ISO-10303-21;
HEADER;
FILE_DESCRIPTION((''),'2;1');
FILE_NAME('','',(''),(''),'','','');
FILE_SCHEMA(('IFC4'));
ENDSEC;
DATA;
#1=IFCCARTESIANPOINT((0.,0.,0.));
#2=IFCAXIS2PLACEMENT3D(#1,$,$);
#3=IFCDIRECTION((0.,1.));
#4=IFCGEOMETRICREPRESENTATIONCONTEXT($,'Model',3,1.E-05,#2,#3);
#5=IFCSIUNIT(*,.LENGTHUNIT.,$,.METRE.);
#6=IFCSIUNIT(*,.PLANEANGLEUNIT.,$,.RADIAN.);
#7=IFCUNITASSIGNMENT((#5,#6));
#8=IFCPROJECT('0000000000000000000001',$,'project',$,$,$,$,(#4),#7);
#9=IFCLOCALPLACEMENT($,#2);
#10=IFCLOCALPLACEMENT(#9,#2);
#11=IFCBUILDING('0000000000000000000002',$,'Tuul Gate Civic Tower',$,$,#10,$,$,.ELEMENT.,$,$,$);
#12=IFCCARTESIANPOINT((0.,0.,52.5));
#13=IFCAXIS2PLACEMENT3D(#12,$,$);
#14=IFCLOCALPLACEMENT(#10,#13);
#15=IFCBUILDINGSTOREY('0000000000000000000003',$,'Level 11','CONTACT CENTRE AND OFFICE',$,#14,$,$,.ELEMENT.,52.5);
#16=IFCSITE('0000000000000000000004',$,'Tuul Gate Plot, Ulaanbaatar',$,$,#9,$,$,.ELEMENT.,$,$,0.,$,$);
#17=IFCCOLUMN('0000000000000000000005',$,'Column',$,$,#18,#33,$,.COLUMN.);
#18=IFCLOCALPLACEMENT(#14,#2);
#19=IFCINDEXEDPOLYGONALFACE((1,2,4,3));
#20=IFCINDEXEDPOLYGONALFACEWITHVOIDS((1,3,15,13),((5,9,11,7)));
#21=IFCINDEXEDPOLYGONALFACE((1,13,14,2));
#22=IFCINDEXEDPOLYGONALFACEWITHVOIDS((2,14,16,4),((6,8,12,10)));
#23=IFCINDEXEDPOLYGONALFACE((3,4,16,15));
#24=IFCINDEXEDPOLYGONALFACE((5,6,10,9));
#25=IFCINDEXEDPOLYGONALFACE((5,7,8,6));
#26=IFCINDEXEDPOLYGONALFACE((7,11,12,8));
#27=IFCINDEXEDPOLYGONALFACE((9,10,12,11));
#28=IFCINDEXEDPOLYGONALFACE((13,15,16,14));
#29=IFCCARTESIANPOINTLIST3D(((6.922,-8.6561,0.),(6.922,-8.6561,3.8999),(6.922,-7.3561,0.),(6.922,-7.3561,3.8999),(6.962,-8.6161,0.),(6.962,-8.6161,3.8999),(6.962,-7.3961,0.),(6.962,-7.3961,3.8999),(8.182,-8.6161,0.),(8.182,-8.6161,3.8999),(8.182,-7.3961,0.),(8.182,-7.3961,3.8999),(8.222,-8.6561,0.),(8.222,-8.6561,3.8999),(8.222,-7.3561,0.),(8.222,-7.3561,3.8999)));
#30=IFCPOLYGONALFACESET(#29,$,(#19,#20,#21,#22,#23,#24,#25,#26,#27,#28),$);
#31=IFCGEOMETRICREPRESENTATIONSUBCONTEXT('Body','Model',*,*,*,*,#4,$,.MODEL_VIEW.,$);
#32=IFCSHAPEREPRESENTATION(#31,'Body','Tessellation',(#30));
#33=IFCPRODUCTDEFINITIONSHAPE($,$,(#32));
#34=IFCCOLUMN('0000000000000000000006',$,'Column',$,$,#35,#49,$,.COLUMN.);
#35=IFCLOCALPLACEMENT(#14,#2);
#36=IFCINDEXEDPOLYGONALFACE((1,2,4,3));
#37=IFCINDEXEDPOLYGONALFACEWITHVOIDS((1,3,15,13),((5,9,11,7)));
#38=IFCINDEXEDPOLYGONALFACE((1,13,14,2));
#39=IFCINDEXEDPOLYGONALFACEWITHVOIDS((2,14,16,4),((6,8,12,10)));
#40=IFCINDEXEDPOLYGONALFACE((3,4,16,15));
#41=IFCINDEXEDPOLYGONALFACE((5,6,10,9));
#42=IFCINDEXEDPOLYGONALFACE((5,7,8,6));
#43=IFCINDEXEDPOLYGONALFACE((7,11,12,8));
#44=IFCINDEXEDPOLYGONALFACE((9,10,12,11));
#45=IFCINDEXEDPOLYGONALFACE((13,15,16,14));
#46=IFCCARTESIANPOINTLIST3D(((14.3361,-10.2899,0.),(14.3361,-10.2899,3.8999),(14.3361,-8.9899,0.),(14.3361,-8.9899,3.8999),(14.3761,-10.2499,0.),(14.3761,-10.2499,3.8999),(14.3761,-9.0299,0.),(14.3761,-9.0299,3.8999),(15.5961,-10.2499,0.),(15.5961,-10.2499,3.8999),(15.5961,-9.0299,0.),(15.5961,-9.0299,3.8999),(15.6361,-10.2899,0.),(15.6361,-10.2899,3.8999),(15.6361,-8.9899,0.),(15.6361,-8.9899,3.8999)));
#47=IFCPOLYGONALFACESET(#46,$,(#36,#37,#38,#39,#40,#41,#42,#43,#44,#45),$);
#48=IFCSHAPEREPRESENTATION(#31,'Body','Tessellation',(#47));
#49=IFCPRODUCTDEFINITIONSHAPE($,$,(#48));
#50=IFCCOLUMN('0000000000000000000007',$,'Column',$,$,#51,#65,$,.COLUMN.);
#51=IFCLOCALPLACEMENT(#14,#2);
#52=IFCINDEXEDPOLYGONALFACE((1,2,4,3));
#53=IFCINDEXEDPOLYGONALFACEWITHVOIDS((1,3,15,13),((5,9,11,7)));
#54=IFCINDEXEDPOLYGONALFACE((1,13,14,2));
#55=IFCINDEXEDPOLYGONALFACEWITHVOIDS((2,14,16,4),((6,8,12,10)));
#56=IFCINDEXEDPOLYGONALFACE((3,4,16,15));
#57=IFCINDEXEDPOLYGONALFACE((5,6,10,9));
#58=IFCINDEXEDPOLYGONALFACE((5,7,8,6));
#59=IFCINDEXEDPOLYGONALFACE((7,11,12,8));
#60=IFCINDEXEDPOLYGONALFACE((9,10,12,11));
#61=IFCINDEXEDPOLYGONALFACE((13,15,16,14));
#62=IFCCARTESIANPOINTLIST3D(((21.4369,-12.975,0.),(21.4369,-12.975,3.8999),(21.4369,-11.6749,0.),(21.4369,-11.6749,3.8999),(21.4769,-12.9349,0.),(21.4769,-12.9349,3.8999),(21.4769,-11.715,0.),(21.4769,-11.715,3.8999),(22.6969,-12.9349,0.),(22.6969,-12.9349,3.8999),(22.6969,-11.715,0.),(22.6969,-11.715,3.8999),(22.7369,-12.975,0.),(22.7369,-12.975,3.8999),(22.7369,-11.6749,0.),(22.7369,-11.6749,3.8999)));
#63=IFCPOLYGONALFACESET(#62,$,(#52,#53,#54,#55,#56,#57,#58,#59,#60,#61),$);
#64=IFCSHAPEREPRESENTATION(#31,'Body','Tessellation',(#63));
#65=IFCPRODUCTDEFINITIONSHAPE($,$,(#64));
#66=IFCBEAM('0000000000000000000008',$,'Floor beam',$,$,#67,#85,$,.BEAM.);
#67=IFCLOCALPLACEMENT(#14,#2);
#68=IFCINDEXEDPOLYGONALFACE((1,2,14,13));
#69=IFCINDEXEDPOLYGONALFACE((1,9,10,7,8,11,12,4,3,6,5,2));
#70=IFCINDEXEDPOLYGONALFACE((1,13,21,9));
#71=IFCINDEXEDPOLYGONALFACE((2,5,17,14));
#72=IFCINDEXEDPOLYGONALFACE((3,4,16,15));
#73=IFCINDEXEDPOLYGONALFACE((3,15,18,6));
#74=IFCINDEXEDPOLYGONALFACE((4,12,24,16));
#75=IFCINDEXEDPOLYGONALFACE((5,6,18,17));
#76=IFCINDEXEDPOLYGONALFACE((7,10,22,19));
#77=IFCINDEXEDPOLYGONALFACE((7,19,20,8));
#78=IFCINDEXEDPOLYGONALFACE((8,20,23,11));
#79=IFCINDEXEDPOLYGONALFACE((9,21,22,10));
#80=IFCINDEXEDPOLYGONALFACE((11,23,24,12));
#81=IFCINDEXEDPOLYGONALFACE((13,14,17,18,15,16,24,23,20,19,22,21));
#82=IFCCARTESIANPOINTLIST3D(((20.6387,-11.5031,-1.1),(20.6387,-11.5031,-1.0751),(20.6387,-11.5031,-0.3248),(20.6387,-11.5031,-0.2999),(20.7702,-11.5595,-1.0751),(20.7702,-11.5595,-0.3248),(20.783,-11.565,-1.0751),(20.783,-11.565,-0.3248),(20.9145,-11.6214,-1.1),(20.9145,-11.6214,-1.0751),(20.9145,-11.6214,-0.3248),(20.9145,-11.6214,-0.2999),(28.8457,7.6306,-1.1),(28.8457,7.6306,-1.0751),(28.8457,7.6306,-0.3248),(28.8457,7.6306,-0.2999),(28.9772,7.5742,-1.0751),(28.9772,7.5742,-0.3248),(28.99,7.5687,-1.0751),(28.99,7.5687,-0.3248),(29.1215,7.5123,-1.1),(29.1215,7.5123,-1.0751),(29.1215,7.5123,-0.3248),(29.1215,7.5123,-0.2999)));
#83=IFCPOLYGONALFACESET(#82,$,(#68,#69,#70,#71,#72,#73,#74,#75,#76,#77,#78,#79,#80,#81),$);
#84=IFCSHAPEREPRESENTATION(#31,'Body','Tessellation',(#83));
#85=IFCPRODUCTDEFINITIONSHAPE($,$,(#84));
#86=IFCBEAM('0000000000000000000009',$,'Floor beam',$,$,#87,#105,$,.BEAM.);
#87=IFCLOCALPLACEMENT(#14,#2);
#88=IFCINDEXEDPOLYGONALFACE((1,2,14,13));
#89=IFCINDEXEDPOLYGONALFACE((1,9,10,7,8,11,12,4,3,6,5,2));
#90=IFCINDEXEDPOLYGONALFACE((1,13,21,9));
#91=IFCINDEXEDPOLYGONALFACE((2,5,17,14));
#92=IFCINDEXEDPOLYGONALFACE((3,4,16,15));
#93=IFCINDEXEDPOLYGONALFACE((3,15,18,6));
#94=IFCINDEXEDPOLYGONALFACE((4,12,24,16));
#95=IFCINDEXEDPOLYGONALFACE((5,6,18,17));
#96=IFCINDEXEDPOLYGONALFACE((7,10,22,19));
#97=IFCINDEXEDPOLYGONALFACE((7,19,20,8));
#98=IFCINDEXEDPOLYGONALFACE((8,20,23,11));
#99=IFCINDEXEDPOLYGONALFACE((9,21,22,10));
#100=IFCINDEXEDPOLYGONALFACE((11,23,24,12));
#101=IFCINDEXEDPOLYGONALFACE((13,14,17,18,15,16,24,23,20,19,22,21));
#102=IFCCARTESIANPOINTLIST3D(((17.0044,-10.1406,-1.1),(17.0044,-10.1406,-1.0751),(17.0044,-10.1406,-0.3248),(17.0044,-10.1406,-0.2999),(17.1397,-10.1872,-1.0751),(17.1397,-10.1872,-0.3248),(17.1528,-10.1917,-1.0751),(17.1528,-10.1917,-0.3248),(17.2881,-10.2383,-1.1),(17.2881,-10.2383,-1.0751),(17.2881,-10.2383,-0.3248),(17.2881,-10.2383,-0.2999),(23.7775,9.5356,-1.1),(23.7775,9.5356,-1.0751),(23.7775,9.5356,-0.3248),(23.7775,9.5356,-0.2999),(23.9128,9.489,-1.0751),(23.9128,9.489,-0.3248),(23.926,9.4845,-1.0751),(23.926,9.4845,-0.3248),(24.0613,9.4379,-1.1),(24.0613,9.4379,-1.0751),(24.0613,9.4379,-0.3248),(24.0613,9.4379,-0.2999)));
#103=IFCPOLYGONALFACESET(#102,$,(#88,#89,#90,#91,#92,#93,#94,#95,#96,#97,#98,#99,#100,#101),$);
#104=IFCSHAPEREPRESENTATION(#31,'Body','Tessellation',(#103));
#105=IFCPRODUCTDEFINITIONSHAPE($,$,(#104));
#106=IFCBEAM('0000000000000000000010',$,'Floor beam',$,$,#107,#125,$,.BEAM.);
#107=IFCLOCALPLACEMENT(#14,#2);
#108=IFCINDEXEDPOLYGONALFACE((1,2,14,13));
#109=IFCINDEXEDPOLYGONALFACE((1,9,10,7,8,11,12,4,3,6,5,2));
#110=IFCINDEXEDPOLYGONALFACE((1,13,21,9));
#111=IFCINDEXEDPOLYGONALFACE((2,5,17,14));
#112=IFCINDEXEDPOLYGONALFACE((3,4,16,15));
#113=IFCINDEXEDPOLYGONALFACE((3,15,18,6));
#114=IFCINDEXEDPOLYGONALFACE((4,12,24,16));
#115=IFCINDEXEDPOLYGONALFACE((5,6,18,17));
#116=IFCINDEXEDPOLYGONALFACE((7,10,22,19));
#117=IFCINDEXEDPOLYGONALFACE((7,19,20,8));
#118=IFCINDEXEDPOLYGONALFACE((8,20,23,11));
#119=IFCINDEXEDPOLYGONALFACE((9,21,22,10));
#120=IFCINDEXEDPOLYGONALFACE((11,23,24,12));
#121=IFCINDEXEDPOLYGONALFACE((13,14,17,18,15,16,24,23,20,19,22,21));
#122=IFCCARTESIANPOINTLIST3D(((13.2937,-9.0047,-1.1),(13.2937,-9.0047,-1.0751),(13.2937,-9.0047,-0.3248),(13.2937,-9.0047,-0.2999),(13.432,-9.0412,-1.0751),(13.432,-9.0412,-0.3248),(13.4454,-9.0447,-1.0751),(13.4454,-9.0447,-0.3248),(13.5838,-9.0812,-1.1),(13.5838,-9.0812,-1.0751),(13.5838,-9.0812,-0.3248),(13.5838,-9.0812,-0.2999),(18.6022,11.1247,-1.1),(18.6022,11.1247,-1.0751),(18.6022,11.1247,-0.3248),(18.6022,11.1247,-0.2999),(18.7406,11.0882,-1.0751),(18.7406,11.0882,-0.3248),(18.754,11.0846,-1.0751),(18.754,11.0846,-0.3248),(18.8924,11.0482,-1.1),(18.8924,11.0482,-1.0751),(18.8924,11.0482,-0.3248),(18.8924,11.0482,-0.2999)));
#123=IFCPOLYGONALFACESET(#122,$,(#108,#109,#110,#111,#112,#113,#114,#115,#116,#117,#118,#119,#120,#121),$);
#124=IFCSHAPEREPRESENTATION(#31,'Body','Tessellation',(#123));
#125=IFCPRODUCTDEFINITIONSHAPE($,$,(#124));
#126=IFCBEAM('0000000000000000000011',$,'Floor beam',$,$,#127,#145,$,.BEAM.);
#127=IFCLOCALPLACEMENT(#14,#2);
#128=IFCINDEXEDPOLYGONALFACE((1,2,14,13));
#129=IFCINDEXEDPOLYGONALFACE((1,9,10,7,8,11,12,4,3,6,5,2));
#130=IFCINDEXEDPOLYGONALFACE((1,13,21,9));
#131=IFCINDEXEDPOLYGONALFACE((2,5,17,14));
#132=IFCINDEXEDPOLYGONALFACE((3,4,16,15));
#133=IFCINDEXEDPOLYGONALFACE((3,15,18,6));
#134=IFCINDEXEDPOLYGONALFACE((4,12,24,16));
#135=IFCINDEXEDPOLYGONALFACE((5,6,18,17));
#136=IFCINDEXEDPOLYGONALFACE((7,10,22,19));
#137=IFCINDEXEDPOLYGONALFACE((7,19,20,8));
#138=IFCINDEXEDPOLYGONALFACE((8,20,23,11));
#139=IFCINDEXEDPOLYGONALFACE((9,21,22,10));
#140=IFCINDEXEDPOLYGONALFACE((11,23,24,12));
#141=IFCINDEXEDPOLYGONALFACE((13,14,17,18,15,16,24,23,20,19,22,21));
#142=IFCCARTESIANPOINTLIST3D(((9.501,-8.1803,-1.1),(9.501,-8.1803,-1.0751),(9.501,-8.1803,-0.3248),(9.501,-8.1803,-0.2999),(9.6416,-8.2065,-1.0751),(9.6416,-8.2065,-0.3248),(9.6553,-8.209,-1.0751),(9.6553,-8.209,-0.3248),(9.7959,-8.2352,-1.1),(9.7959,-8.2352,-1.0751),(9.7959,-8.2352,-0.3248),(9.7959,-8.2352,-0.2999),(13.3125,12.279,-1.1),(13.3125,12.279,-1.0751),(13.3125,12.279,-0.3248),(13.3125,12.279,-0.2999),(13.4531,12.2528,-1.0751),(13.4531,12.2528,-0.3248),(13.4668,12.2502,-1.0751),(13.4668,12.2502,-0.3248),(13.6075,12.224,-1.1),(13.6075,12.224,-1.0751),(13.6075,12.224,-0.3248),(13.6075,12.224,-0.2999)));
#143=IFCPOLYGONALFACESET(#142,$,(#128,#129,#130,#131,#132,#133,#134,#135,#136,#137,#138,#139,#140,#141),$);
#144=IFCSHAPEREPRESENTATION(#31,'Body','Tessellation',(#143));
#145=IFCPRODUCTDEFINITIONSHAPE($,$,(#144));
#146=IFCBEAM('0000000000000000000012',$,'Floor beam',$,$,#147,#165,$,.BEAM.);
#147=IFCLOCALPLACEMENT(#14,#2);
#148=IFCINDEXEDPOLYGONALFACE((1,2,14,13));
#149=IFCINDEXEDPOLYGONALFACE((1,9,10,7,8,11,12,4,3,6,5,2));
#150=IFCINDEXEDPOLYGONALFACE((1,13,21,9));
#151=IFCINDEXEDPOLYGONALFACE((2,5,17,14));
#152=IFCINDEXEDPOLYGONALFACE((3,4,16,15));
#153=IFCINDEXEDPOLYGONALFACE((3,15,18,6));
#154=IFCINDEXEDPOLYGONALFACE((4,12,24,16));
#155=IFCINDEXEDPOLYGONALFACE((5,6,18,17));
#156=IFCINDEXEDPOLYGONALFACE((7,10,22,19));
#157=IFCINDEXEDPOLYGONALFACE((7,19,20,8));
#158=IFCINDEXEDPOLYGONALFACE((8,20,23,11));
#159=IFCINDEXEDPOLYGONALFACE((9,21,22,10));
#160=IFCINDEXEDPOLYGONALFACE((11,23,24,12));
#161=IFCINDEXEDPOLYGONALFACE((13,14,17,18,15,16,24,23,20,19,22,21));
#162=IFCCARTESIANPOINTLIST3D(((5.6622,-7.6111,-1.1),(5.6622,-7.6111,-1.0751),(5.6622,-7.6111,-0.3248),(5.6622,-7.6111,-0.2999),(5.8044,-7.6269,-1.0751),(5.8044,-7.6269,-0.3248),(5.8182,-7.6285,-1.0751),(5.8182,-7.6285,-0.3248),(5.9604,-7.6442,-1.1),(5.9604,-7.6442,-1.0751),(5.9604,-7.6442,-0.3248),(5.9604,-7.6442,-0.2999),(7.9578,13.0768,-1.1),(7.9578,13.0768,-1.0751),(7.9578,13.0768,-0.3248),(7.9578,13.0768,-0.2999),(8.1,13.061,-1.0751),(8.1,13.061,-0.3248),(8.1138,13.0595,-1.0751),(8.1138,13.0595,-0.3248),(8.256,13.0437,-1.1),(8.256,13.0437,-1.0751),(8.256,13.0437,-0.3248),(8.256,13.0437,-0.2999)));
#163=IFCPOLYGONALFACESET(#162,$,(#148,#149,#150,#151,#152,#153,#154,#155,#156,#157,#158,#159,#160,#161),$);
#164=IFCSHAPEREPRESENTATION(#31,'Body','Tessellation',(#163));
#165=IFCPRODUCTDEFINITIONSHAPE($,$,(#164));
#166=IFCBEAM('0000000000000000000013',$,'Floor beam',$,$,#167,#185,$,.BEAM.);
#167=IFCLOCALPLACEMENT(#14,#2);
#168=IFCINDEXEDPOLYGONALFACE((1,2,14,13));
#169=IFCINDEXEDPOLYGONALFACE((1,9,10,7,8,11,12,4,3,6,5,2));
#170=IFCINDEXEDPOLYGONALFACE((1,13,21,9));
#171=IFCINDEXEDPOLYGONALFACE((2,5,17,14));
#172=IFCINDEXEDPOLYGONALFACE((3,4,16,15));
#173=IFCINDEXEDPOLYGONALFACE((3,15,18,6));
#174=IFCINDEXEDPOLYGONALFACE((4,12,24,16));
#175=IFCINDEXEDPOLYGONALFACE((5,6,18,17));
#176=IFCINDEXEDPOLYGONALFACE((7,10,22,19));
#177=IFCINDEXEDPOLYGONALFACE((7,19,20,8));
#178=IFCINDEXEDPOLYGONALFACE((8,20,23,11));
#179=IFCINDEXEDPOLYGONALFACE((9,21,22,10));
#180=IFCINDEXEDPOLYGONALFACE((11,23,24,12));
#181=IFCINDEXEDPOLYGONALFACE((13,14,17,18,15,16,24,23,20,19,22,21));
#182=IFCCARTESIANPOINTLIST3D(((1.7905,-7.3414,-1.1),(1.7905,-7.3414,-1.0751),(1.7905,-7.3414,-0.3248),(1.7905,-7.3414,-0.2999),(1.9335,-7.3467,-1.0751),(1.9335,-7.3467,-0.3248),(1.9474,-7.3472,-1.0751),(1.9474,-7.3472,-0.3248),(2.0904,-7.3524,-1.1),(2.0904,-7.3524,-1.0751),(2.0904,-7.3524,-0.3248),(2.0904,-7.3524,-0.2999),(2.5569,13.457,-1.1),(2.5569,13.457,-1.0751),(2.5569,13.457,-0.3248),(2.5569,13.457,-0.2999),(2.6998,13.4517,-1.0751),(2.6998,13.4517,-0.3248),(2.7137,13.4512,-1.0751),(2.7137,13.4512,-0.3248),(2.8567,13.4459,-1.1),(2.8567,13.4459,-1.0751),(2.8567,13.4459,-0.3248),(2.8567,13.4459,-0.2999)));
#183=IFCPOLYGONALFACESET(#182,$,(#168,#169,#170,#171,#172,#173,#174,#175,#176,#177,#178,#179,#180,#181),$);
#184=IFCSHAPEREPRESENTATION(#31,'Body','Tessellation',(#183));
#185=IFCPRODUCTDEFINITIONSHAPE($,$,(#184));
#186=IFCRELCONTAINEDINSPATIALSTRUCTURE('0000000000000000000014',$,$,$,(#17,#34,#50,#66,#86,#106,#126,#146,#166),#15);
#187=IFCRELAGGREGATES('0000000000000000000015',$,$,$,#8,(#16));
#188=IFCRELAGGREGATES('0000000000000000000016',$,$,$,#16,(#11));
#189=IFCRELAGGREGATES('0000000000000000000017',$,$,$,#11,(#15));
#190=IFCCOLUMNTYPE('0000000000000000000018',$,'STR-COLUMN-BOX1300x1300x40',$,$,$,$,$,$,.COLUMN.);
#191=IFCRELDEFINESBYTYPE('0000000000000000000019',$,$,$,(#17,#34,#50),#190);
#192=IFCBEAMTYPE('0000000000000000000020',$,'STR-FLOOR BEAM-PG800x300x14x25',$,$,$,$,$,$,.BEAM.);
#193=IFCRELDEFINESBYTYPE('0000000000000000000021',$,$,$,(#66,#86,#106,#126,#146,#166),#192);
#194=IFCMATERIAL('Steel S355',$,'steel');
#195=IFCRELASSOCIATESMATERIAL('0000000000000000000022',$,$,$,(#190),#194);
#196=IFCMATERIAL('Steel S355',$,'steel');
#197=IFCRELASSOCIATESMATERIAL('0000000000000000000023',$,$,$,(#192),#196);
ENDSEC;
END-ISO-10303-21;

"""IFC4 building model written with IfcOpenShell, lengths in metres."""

from ifc_helpers import new_model, si_unit, direction, frame, origin, origin_2d, place, context, subcontext, project, spatial, hollow_rectangle, i_section, extrude, material, material_profile, profile_set, type_object, element, save


model = new_model("IFC4")

# Units and contexts
model_context = context("Model", 3, precision=1e-05, world=origin(), true_north=direction((0.0, 1.0)))
body_context = subcontext(model_context, "Body", "Model", "MODEL_VIEW")
ifc_project = project(units=[si_unit("LENGTHUNIT", "METRE"), si_unit("PLANEANGLEUNIT", "RADIAN")], contexts=[model_context])

# Site, building, storey
site_placement = place(None, origin())
site = spatial("IfcSite", under=ifc_project, at=site_placement, Name="Tuul Gate Plot, Ulaanbaatar", CompositionType="ELEMENT", RefElevation=0.0)
building_placement = place(site_placement, origin())
building = spatial("IfcBuilding", under=site, at=building_placement, Name="Tuul Gate Civic Tower", CompositionType="ELEMENT")
storey_placement = place(building_placement, frame((0.0, 0.0, 52.5)))
storey = spatial("IfcBuildingStorey", under=building, at=storey_placement, Name="Level 11", Description="CONTACT CENTRE AND OFFICE", CompositionType="ELEMENT", Elevation=52.5)

# Columns
ifc_material_1 = material(Name="Steel S355", Category="steel")
ifc_material_profile_1 = material_profile(ifc_material_1, hollow_rectangle(XDim=1.3, YDim=1.3, WallThickness=0.04, at=origin_2d()), Name="BOX1300x1300x40")
ifc_profile_set_1 = profile_set([ifc_material_profile_1], Name="Steel S355")
column_type = type_object("IfcColumnType", Name="STR-COLUMN-BOX1300x1300x40", PredefinedType="COLUMN", material=ifc_profile_set_1)
for number, where, z_axis, x_axis, name in (
    (1, (7.572, -8.0061, 0.0), (0.0, 0.0, 1.0), (1.0, 0.0, 0.0), "Column"),
    (2, (14.9861, -9.6399, 0.0), (0.0, 0.0, 1.0), (1.0, 0.0, 0.0), "Column"),
    (3, (22.0869, -12.325, 0.0), (0.0, 0.0, 1.0), (1.0, 0.0, 0.0), "Column"),
):
    element("IfcColumn", number, at=place(storey_placement, frame(where, z_axis=z_axis, x_axis=x_axis)), inside=storey, type_object=column_type, Name=name, PredefinedType="COLUMN", context=body_context, shape_type="SweptSolid", body=[
        extrude(hollow_rectangle(XDim=1.3, YDim=1.3, WallThickness=0.04, at=origin_2d()), origin(), (0.0, 0.0, 1.0), 3.8999),
    ])

# Beams
ifc_material_2 = material(Name="Steel S355", Category="steel")
ifc_material_profile_2 = material_profile(ifc_material_2, i_section(OverallWidth=0.3, OverallDepth=0.8, WebThickness=0.0139, FlangeThickness=0.0249, at=origin_2d()), Name="PG800x300x14x25")
ifc_profile_set_2 = profile_set([ifc_material_profile_2], Name="Steel S355")
beam_type_1 = type_object("IfcBeamType", Name="STR-FLOOR BEAM-PG800x300x14x25", PredefinedType="BEAM", material=ifc_profile_set_2)
beam_1_placement = place(storey_placement, frame((20.7766, -11.5623, -0.7), z_axis=(0.394197, 0.919026, 0.0), x_axis=(-0.919026, 0.394197, 0.0)))
element("IfcBeam", 4, at=beam_1_placement, inside=storey, type_object=beam_type_1, Name="Floor beam", PredefinedType="BEAM", context=body_context, shape_type="SweptSolid", body=[
    extrude(i_section(OverallWidth=0.3, OverallDepth=0.8, WebThickness=0.0139, FlangeThickness=0.0249, at=origin_2d()), origin(), (0.0, 0.0, 1.0), 20.8196),
])
beam_2_placement = place(storey_placement, frame((17.1462, -10.1895, -0.7), z_axis=(0.325487, 0.945547, 0.0), x_axis=(-0.945547, 0.325487, 0.0)))
element("IfcBeam", 5, at=beam_2_placement, inside=storey, type_object=beam_type_1, Name="Floor beam", PredefinedType="BEAM", context=body_context, shape_type="SweptSolid", body=[
    extrude(i_section(OverallWidth=0.3, OverallDepth=0.8, WebThickness=0.0139, FlangeThickness=0.0249, at=origin_2d()), origin(), (0.0, 0.0, 1.0), 20.8093),
])
beam_3_placement = place(storey_placement, frame((13.4387, -9.043, -0.7), z_axis=(0.255005, 0.96694, 0.0), x_axis=(-0.96694, 0.255005, 0.0)))
element("IfcBeam", 6, at=beam_3_placement, inside=storey, type_object=beam_type_1, Name="Floor beam", PredefinedType="BEAM", context=body_context, shape_type="SweptSolid", body=[
    extrude(i_section(OverallWidth=0.3, OverallDepth=0.8, WebThickness=0.0139, FlangeThickness=0.0249, at=origin_2d()), origin(), (0.0, 0.0, 1.0), 20.8176),
])
beam_4_placement = place(storey_placement, frame((9.6484, -8.2078, -0.7), z_axis=(0.183147, 0.983085, 0.0), x_axis=(-0.983085, 0.183147, 0.0)))
element("IfcBeam", 7, at=beam_4_placement, inside=storey, type_object=beam_type_1, Name="Floor beam", PredefinedType="BEAM", context=body_context, shape_type="SweptSolid", body=[
    extrude(i_section(OverallWidth=0.3, OverallDepth=0.8, WebThickness=0.0139, FlangeThickness=0.0249, at=origin_2d()), origin(), (0.0, 0.0, 1.0), 20.8113),
])
beam_5_placement = place(storey_placement, frame((5.8113, -7.6277, -0.7), z_axis=(0.110289, 0.9939, 0.0), x_axis=(-0.9939, 0.110289, 0.0)))
element("IfcBeam", 8, at=beam_5_placement, inside=storey, type_object=beam_type_1, Name="Floor beam", PredefinedType="BEAM", context=body_context, shape_type="SweptSolid", body=[
    extrude(i_section(OverallWidth=0.3, OverallDepth=0.8, WebThickness=0.0139, FlangeThickness=0.0249, at=origin_2d()), origin(), (0.0, 0.0, 1.0), 20.8149),
])
beam_6_placement = place(storey_placement, frame((1.9404, -7.3469, -0.7), z_axis=(0.036822, 0.999322, 0.0), x_axis=(-0.999322, 0.036822, 0.0)))
element("IfcBeam", 9, at=beam_6_placement, inside=storey, type_object=beam_type_1, Name="Floor beam", PredefinedType="BEAM", context=body_context, shape_type="SweptSolid", body=[
    extrude(i_section(OverallWidth=0.3, OverallDepth=0.8, WebThickness=0.0139, FlangeThickness=0.0249, at=origin_2d()), origin(), (0.0, 0.0, 1.0), 20.8125),
])

save(model, "model.ifc")
